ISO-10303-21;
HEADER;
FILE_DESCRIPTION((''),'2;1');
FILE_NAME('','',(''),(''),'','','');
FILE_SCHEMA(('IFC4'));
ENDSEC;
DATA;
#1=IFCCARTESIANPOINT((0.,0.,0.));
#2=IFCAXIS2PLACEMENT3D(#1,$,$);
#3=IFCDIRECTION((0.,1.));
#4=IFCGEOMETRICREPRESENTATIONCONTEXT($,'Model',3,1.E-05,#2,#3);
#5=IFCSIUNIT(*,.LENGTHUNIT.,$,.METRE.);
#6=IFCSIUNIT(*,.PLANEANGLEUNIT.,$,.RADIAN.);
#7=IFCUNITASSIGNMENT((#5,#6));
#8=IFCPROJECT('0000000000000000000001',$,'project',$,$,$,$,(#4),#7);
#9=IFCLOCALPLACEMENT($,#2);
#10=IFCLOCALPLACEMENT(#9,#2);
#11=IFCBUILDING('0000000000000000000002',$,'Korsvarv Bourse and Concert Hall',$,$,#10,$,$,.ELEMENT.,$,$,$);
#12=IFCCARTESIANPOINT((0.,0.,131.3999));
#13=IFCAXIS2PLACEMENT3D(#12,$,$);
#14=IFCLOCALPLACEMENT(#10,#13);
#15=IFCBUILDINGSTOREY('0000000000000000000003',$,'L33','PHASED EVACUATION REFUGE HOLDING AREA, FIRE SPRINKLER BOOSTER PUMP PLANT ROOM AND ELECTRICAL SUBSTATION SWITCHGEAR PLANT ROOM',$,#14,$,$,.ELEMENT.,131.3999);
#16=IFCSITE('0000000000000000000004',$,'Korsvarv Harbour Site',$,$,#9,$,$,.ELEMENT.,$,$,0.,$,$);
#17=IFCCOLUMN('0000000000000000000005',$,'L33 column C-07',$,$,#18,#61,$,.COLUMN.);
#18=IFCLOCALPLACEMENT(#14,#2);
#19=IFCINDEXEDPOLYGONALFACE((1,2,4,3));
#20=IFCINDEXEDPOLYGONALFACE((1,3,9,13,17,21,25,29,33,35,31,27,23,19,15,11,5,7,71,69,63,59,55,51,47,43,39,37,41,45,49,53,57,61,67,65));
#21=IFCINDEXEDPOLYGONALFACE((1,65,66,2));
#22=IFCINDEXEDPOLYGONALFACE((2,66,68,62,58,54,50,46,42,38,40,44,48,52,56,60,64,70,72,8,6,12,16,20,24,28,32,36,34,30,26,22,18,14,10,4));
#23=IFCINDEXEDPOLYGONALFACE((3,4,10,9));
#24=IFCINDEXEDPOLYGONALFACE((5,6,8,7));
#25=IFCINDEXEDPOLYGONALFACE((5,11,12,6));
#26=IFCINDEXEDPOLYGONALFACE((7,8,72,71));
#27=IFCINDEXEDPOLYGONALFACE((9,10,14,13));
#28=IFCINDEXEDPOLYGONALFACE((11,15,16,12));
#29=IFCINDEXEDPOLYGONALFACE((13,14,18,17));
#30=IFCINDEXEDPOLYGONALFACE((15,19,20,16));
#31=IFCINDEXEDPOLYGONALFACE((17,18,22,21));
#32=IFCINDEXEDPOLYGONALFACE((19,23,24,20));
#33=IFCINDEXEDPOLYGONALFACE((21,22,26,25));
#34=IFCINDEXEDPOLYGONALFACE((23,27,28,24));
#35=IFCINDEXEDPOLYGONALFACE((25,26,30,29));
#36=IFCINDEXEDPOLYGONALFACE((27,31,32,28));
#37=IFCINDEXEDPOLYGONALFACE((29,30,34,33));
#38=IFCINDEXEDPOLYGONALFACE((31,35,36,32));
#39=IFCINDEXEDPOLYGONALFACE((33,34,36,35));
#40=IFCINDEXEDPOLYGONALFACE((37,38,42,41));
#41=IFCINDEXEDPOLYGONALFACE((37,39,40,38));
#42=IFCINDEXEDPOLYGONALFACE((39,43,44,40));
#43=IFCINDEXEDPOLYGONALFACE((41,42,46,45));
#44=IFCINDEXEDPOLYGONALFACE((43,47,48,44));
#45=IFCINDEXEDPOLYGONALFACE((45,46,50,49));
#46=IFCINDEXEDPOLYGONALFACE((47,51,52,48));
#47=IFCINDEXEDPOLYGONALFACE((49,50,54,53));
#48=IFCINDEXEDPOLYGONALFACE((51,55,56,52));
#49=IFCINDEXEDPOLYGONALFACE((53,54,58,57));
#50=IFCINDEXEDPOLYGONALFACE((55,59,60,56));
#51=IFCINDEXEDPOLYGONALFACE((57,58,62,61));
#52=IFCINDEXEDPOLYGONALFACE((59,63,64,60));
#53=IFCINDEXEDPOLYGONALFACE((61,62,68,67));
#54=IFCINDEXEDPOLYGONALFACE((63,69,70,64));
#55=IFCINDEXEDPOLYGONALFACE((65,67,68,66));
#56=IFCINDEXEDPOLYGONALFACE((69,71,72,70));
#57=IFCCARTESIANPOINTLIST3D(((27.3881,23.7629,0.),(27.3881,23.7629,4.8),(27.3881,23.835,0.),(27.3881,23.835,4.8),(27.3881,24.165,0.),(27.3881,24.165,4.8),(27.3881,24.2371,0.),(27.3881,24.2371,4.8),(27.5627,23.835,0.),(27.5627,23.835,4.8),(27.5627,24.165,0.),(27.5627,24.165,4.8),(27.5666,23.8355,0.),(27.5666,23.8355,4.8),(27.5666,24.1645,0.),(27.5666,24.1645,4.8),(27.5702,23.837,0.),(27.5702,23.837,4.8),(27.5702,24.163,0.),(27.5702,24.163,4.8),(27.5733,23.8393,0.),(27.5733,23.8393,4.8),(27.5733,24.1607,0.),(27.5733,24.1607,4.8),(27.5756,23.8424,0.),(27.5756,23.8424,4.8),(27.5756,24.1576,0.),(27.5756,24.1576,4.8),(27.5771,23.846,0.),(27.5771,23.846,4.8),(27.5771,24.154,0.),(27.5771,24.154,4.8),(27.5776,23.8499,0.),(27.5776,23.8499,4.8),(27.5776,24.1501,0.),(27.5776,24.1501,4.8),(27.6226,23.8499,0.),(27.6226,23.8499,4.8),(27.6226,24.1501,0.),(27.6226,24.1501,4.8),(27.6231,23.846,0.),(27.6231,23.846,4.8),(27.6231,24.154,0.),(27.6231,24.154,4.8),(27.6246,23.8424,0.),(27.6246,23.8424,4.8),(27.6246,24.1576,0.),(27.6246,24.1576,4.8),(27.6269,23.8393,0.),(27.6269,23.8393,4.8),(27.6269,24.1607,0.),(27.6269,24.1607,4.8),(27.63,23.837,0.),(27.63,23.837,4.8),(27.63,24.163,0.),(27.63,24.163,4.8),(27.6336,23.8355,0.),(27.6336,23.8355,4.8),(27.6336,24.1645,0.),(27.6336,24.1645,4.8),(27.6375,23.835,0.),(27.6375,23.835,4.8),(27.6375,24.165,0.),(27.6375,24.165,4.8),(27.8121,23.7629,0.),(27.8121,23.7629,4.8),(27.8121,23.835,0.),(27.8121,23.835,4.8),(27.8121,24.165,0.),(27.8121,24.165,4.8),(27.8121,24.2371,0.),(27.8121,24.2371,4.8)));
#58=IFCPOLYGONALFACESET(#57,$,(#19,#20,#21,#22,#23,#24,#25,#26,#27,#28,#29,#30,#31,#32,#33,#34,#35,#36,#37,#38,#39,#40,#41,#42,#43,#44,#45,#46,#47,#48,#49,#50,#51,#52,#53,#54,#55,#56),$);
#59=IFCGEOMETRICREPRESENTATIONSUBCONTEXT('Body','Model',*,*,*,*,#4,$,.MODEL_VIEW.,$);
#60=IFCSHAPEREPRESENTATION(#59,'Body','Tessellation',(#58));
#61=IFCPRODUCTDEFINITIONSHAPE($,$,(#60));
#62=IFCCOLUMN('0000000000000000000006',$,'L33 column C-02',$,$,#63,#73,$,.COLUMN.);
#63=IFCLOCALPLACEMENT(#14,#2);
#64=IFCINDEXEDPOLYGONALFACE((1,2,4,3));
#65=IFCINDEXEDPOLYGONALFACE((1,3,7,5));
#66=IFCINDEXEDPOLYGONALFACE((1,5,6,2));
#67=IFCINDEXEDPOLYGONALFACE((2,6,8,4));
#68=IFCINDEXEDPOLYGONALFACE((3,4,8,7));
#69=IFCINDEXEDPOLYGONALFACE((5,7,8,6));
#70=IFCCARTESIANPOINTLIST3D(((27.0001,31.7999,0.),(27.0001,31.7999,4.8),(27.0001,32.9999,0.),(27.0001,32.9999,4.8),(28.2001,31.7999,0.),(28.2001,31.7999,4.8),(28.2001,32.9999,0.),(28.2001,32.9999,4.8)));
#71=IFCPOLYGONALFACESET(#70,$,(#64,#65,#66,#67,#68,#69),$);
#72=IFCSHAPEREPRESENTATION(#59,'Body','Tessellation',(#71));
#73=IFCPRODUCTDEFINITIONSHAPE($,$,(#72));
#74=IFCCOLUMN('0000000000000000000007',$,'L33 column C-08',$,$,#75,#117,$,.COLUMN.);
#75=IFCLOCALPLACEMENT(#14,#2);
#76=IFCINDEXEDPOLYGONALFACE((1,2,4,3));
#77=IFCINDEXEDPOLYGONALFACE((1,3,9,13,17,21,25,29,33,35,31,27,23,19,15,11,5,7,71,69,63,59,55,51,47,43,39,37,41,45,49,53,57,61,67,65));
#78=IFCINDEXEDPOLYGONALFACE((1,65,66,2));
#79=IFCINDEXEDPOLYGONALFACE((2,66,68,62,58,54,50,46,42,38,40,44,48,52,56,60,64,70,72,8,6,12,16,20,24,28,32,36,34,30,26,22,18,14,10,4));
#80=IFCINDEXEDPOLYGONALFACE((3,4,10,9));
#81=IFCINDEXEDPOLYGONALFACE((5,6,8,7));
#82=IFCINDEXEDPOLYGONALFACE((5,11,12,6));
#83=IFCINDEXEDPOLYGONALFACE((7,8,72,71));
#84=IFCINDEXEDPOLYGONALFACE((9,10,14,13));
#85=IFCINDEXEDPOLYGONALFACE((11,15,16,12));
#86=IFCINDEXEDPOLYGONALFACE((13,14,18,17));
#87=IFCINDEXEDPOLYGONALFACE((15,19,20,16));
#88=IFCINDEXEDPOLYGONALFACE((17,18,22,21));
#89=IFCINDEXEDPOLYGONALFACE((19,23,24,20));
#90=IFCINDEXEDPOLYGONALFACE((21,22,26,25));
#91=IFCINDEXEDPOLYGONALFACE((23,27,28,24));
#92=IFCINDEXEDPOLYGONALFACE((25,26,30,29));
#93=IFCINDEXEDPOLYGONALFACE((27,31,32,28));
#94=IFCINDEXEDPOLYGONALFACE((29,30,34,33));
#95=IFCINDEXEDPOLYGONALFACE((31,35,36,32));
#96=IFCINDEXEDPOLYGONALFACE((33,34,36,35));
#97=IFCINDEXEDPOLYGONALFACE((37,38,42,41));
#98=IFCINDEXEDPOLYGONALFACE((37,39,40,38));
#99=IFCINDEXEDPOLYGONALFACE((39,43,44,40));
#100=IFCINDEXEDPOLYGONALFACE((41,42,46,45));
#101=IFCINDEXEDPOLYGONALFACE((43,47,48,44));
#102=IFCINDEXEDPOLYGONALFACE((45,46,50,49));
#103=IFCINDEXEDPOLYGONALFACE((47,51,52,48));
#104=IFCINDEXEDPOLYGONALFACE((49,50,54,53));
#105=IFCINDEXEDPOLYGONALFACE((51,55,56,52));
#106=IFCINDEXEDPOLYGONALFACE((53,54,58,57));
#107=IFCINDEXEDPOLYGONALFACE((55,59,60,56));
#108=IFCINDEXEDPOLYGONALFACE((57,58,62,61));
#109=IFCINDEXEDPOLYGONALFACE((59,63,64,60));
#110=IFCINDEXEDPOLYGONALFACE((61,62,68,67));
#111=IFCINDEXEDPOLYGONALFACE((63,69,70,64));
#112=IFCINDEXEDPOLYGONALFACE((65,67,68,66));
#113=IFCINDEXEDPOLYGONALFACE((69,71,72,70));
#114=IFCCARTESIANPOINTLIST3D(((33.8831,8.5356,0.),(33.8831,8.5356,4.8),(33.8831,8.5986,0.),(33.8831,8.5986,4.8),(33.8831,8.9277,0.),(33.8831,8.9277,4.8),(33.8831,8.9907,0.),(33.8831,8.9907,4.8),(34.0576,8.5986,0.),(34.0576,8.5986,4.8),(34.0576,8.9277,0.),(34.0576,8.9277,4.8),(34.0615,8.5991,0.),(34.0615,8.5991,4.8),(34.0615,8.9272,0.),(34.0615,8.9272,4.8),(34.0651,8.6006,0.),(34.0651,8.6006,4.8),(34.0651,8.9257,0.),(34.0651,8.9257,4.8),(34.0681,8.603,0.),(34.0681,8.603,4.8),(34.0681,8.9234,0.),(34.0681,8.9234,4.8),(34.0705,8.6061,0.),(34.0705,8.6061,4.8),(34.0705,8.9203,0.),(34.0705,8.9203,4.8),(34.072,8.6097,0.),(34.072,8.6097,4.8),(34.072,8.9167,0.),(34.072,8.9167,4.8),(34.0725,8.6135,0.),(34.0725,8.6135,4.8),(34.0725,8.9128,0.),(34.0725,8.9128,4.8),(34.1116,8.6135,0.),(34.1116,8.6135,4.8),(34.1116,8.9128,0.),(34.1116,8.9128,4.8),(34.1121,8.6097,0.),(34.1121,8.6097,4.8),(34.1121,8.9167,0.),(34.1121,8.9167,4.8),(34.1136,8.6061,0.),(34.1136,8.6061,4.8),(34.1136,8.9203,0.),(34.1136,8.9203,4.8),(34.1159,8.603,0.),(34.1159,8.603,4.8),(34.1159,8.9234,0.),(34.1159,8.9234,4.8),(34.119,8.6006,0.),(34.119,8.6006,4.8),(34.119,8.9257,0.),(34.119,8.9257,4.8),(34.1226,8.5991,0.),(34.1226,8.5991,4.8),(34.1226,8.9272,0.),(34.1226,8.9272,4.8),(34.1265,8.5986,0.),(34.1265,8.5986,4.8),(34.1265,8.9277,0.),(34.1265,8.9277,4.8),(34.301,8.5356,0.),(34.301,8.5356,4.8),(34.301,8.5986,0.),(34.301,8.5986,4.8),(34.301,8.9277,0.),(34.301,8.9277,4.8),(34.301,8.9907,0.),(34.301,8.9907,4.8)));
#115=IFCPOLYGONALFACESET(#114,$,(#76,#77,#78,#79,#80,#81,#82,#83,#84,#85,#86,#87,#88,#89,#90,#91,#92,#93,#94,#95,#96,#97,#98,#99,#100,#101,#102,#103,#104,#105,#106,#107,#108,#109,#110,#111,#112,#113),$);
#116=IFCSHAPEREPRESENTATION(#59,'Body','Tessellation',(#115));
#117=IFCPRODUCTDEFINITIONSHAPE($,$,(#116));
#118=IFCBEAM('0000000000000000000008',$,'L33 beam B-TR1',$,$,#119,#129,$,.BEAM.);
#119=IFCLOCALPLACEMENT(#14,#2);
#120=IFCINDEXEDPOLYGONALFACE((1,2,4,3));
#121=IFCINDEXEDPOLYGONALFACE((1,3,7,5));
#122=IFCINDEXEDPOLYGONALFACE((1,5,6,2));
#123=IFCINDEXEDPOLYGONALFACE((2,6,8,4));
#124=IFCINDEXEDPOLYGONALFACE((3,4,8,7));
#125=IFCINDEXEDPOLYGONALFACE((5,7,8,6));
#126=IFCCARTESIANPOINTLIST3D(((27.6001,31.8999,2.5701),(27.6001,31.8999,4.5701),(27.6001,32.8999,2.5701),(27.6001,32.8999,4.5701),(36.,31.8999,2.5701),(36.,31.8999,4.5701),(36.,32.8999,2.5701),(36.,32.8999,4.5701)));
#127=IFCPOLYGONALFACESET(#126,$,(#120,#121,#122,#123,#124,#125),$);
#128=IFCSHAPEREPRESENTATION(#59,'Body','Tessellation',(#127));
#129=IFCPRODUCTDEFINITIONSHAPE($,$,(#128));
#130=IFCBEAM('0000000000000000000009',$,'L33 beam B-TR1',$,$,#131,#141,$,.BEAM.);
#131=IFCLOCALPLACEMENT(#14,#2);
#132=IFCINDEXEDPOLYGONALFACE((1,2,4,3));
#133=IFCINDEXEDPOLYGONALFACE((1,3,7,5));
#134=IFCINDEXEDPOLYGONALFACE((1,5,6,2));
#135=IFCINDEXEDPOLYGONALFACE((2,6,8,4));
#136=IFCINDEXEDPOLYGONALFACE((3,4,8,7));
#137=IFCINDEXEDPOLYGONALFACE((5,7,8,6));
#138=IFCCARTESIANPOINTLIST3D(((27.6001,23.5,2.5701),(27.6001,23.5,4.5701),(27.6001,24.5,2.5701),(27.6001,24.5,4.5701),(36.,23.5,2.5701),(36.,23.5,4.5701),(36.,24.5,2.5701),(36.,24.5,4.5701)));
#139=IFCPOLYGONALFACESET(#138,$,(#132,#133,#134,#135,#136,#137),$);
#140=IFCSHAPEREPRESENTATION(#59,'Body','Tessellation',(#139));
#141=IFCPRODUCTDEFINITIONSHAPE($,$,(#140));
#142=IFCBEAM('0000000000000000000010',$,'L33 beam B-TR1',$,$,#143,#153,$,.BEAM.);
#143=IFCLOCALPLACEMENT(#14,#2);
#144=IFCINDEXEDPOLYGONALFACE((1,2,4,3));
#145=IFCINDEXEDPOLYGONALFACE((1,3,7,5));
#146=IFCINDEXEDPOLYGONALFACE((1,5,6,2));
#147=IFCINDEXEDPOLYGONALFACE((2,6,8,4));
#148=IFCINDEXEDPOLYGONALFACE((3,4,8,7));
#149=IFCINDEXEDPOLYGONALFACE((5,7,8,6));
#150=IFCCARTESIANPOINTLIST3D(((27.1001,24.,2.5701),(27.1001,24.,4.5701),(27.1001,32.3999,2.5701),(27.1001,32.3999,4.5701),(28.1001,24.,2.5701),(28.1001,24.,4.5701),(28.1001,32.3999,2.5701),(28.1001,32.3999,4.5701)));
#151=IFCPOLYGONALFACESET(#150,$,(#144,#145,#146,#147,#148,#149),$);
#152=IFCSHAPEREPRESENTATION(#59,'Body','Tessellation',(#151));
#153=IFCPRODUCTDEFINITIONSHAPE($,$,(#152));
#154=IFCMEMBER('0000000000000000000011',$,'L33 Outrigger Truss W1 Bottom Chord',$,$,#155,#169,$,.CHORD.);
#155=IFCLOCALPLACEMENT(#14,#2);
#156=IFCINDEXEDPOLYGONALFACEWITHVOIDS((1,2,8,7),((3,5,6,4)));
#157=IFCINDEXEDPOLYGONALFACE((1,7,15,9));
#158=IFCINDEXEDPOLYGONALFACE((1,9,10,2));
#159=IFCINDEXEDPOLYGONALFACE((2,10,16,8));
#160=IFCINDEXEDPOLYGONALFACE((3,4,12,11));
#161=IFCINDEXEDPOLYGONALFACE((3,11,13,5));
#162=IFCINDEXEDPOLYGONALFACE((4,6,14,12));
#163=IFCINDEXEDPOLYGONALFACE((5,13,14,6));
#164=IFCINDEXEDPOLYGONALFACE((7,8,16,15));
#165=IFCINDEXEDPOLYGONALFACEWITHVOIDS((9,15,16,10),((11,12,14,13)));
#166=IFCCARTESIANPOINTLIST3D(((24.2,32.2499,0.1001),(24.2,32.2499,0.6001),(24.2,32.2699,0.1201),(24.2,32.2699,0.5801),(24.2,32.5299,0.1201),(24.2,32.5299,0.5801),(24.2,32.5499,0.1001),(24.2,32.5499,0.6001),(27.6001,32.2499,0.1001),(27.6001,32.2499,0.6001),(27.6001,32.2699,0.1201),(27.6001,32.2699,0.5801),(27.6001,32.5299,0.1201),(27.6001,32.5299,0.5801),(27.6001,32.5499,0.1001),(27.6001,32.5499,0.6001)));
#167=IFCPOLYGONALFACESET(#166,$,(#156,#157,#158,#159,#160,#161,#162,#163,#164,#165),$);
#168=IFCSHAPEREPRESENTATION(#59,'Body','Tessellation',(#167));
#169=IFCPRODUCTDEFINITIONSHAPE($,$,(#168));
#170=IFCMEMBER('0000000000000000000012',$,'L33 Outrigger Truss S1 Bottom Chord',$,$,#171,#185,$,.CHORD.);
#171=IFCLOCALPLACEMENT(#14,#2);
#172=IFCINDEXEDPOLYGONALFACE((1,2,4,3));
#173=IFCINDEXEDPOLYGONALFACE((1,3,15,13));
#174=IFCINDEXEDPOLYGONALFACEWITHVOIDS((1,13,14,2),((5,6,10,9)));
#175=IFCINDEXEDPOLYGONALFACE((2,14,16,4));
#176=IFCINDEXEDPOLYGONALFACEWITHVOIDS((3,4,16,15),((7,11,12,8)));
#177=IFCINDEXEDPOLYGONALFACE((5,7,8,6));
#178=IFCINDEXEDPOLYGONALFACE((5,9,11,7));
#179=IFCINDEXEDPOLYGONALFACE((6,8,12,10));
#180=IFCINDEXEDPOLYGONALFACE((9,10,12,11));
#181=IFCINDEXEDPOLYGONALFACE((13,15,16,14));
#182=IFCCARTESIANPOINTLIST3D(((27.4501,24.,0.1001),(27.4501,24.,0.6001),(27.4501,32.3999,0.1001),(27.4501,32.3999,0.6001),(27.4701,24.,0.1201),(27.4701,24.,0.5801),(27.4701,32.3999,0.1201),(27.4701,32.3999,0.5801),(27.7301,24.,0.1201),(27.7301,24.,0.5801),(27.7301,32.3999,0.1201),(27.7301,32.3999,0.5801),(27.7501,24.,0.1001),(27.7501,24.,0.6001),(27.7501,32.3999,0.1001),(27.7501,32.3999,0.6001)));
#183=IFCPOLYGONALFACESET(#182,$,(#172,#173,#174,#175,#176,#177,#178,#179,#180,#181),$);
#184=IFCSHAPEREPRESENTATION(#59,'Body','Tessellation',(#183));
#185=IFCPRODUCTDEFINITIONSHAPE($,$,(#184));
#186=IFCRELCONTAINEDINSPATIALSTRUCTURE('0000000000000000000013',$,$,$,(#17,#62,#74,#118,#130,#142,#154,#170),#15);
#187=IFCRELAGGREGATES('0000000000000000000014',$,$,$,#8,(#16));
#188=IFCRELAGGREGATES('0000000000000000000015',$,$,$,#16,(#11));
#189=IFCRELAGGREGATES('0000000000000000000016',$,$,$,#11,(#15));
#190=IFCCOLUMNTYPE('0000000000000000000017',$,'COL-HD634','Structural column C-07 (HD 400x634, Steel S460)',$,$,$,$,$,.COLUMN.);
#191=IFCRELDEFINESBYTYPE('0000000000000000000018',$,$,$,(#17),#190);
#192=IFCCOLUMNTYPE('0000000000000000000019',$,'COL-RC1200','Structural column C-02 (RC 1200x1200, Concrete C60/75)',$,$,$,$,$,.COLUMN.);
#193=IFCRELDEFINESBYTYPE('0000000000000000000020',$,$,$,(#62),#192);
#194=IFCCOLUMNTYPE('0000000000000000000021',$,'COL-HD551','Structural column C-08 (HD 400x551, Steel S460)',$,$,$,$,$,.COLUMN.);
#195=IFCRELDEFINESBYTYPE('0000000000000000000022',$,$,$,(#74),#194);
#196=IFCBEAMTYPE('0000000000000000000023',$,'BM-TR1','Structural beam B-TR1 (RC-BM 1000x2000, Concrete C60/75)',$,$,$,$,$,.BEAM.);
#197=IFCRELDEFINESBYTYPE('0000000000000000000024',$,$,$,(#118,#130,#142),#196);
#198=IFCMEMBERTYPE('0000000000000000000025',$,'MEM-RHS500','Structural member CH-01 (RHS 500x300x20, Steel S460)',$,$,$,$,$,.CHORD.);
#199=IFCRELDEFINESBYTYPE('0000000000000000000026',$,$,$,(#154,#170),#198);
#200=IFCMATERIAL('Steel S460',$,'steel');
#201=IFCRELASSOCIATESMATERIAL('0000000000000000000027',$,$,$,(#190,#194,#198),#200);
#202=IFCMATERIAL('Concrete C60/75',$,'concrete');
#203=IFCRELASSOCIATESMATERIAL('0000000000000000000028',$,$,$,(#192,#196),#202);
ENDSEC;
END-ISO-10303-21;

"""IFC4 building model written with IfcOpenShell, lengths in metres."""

from ifc_helpers import new_model, si_unit, direction, frame, origin, origin_2d, place, context, subcontext, project, spatial, rectangle, hollow_rectangle, i_section, extrude, source, transform, mapped, material, material_profile, profile_set, type_object, element, save


model = new_model("IFC4")

# Units and contexts
model_context = context("Model", 3, precision=1e-05, world=origin(), true_north=direction((0.0, 1.0)))
body_context = subcontext(model_context, "Body", "Model", "MODEL_VIEW")
ifc_project = project(units=[si_unit("LENGTHUNIT", "METRE"), si_unit("PLANEANGLEUNIT", "RADIAN")], contexts=[model_context])

# Site, building, storey
site_placement = place(None, origin())
site = spatial("IfcSite", under=ifc_project, at=site_placement, Name="Korsvarv Harbour Site", CompositionType="ELEMENT", RefElevation=0.0)
building_placement = place(site_placement, origin())
building = spatial("IfcBuilding", under=site, at=building_placement, Name="Korsvarv Bourse and Concert Hall", CompositionType="ELEMENT")
storey_placement = place(building_placement, frame((0.0, 0.0, 131.3999)))
storey = spatial("IfcBuildingStorey", under=building, at=storey_placement, Name="L33", Description="PHASED EVACUATION REFUGE HOLDING AREA, FIRE SPRINKLER BOOSTER PUMP PLANT ROOM AND ELECTRICAL SUBSTATION SWITCHGEAR PLANT ROOM", CompositionType="ELEMENT", Elevation=131.3999)

# Columns
ifc_material_1 = material(Name="Steel S460", Category="steel")
ifc_material_profile_1 = material_profile(ifc_material_1, i_section(OverallWidth=0.4241, OverallDepth=0.4741, WebThickness=0.0449, FlangeThickness=0.072, FilletRadius=0.0149, at=origin_2d()), Name="HD 400x634")
ifc_profile_set_1 = profile_set([ifc_material_profile_1], Name="Steel S460")
column_type_1 = type_object("IfcColumnType", Name="COL-HD634", Description="Structural column C-07 (HD 400x634, Steel S460)", PredefinedType="COLUMN", material=ifc_profile_set_1)
shared_shape_1 = source(origin(), body_context, "Body", "SweptSolid", [
    extrude(i_section(OverallWidth=0.4241, OverallDepth=0.4741, WebThickness=0.0449, FlangeThickness=0.072, FilletRadius=0.0149, at=origin_2d()), origin(), (0.0, 0.0, 1.0), 4.8),
])
column_1_placement = place(storey_placement, frame((27.6001, 24.0, 0.0), z_axis=(0.0, 0.0, 1.0), x_axis=(1.0, 0.0, 0.0)))
element("IfcColumn", 1, at=column_1_placement, inside=storey, type_object=column_type_1, Name="L33 column C-07", PredefinedType="COLUMN", context=body_context, shape_type="MappedRepresentation", body=[
    mapped(shared_shape_1, transform((0.0, 0.0, 0.0), scale=1.0)),
])
ifc_material_2 = material(Name="Concrete C60/75", Category="concrete")
ifc_material_profile_2 = material_profile(ifc_material_2, rectangle(XDim=1.2, YDim=1.2, at=origin_2d()), Name="RC 1200x1200")
ifc_profile_set_2 = profile_set([ifc_material_profile_2], Name="Concrete C60/75")
column_type_2 = type_object("IfcColumnType", Name="COL-RC1200", Description="Structural column C-02 (RC 1200x1200, Concrete C60/75)", PredefinedType="COLUMN", material=ifc_profile_set_2)
shared_shape_2 = source(origin(), body_context, "Body", "SweptSolid", [
    extrude(rectangle(XDim=1.2, YDim=1.2, at=origin_2d()), origin(), (0.0, 0.0, 1.0), 4.8),
])
column_2_placement = place(storey_placement, frame((27.6001, 32.3999, 0.0), z_axis=(0.0, 0.0, 1.0), x_axis=(1.0, 0.0, 0.0)))
element("IfcColumn", 2, at=column_2_placement, inside=storey, type_object=column_type_2, Name="L33 column C-02", PredefinedType="COLUMN", context=body_context, shape_type="MappedRepresentation", body=[
    mapped(shared_shape_2, transform((0.0, 0.0, 0.0), scale=1.0)),
])
ifc_material_profile_3 = material_profile(ifc_material_1, i_section(OverallWidth=0.418, OverallDepth=0.4551, WebThickness=0.0391, FlangeThickness=0.063, FilletRadius=0.0149, at=origin_2d()), Name="HD 400x551")
ifc_profile_set_3 = profile_set([ifc_material_profile_3], Name="Steel S460")
column_type_3 = type_object("IfcColumnType", Name="COL-HD551", Description="Structural column C-08 (HD 400x551, Steel S460)", PredefinedType="COLUMN", material=ifc_profile_set_3)
shared_shape_3 = source(origin(), body_context, "Body", "SweptSolid", [
    extrude(i_section(OverallWidth=0.418, OverallDepth=0.4551, WebThickness=0.0391, FlangeThickness=0.063, FilletRadius=0.0149, at=origin_2d()), origin(), (0.0, 0.0, 1.0), 4.8),
])
column_3_placement = place(storey_placement, frame((34.092, 8.7632, 0.0), z_axis=(0.0, 0.0, 1.0), x_axis=(1.0, 0.0, 0.0)))
element("IfcColumn", 3, at=column_3_placement, inside=storey, type_object=column_type_3, Name="L33 column C-08", PredefinedType="COLUMN", context=body_context, shape_type="MappedRepresentation", body=[
    mapped(shared_shape_3, transform((0.0, 0.0, 0.0), scale=1.0)),
])

# Beams
ifc_material_profile_4 = material_profile(ifc_material_2, rectangle(XDim=1.0, YDim=2.0, at=origin_2d()), Name="RC-BM 1000x2000")
ifc_profile_set_4 = profile_set([ifc_material_profile_4], Name="Concrete C60/75")
beam_type = type_object("IfcBeamType", Name="BM-TR1", Description="Structural beam B-TR1 (RC-BM 1000x2000, Concrete C60/75)", PredefinedType="BEAM", material=ifc_profile_set_4)
shared_shape_4 = source(origin(), body_context, "Body", "SweptSolid", [
    extrude(rectangle(XDim=1.0, YDim=2.0, at=origin_2d()), origin(), (0.0, 0.0, 1.0), 8.3999),
])
for number, where, z_axis, x_axis, name in (
    (4, (27.6001, 32.3999, 3.5701), (1.0, 0.0, 0.0), (0.0, 1.0, 0.0), "L33 beam B-TR1"),
    (5, (27.6001, 24.0, 3.5701), (1.0, 0.0, 0.0), (0.0, 1.0, 0.0), "L33 beam B-TR1"),
    (6, (27.6001, 24.0, 3.5701), (0.0, 1.0, 0.0), (-1.0, 0.0, 0.0), "L33 beam B-TR1"),
):
    element("IfcBeam", number, at=place(storey_placement, frame(where, z_axis=z_axis, x_axis=x_axis)), inside=storey, type_object=beam_type, Name=name, PredefinedType="BEAM", context=body_context, shape_type="MappedRepresentation", body=[
        mapped(shared_shape_4, transform((0.0, 0.0, 0.0), scale=1.0)),
    ])

# Members
ifc_material_profile_5 = material_profile(ifc_material_1, hollow_rectangle(XDim=0.3, YDim=0.5, WallThickness=0.02, at=origin_2d()), Name="RHS 500x300x20")
ifc_profile_set_5 = profile_set([ifc_material_profile_5], Name="Steel S460")
member_type_1 = type_object("IfcMemberType", Name="MEM-RHS500", Description="Structural member CH-01 (RHS 500x300x20, Steel S460)", PredefinedType="CHORD", material=ifc_profile_set_5)
shared_shape_5 = source(origin(), body_context, "Body", "SweptSolid", [
    extrude(hollow_rectangle(XDim=0.3, YDim=0.5, WallThickness=0.02, at=origin_2d()), origin(), (0.0, 0.0, 1.0), 3.4001),
])
member_1_placement = place(storey_placement, frame((27.6001, 32.3999, 0.3501), z_axis=(-1.0, 0.0, 0.0), x_axis=(0.0, -1.0, 0.0)))
element("IfcMember", 7, at=member_1_placement, inside=storey, type_object=member_type_1, Name="L33 Outrigger Truss W1 Bottom Chord", PredefinedType="CHORD", context=body_context, shape_type="MappedRepresentation", body=[
    mapped(shared_shape_5, transform((0.0, 0.0, 0.0), scale=1.0)),
])
shared_shape_6 = source(origin(), body_context, "Body", "SweptSolid", [
    extrude(hollow_rectangle(XDim=0.3, YDim=0.5, WallThickness=0.02, at=origin_2d()), origin(), (0.0, 0.0, 1.0), 8.3999),
])
member_2_placement = place(storey_placement, frame((27.6001, 32.3999, 0.3501), z_axis=(0.0, -1.0, 0.0), x_axis=(1.0, 0.0, 0.0)))
element("IfcMember", 8, at=member_2_placement, inside=storey, type_object=member_type_1, Name="L33 Outrigger Truss S1 Bottom Chord", PredefinedType="CHORD", context=body_context, shape_type="MappedRepresentation", body=[
    mapped(shared_shape_6, transform((0.0, 0.0, 0.0), scale=1.0)),
])

save(model, "model.ifc")
